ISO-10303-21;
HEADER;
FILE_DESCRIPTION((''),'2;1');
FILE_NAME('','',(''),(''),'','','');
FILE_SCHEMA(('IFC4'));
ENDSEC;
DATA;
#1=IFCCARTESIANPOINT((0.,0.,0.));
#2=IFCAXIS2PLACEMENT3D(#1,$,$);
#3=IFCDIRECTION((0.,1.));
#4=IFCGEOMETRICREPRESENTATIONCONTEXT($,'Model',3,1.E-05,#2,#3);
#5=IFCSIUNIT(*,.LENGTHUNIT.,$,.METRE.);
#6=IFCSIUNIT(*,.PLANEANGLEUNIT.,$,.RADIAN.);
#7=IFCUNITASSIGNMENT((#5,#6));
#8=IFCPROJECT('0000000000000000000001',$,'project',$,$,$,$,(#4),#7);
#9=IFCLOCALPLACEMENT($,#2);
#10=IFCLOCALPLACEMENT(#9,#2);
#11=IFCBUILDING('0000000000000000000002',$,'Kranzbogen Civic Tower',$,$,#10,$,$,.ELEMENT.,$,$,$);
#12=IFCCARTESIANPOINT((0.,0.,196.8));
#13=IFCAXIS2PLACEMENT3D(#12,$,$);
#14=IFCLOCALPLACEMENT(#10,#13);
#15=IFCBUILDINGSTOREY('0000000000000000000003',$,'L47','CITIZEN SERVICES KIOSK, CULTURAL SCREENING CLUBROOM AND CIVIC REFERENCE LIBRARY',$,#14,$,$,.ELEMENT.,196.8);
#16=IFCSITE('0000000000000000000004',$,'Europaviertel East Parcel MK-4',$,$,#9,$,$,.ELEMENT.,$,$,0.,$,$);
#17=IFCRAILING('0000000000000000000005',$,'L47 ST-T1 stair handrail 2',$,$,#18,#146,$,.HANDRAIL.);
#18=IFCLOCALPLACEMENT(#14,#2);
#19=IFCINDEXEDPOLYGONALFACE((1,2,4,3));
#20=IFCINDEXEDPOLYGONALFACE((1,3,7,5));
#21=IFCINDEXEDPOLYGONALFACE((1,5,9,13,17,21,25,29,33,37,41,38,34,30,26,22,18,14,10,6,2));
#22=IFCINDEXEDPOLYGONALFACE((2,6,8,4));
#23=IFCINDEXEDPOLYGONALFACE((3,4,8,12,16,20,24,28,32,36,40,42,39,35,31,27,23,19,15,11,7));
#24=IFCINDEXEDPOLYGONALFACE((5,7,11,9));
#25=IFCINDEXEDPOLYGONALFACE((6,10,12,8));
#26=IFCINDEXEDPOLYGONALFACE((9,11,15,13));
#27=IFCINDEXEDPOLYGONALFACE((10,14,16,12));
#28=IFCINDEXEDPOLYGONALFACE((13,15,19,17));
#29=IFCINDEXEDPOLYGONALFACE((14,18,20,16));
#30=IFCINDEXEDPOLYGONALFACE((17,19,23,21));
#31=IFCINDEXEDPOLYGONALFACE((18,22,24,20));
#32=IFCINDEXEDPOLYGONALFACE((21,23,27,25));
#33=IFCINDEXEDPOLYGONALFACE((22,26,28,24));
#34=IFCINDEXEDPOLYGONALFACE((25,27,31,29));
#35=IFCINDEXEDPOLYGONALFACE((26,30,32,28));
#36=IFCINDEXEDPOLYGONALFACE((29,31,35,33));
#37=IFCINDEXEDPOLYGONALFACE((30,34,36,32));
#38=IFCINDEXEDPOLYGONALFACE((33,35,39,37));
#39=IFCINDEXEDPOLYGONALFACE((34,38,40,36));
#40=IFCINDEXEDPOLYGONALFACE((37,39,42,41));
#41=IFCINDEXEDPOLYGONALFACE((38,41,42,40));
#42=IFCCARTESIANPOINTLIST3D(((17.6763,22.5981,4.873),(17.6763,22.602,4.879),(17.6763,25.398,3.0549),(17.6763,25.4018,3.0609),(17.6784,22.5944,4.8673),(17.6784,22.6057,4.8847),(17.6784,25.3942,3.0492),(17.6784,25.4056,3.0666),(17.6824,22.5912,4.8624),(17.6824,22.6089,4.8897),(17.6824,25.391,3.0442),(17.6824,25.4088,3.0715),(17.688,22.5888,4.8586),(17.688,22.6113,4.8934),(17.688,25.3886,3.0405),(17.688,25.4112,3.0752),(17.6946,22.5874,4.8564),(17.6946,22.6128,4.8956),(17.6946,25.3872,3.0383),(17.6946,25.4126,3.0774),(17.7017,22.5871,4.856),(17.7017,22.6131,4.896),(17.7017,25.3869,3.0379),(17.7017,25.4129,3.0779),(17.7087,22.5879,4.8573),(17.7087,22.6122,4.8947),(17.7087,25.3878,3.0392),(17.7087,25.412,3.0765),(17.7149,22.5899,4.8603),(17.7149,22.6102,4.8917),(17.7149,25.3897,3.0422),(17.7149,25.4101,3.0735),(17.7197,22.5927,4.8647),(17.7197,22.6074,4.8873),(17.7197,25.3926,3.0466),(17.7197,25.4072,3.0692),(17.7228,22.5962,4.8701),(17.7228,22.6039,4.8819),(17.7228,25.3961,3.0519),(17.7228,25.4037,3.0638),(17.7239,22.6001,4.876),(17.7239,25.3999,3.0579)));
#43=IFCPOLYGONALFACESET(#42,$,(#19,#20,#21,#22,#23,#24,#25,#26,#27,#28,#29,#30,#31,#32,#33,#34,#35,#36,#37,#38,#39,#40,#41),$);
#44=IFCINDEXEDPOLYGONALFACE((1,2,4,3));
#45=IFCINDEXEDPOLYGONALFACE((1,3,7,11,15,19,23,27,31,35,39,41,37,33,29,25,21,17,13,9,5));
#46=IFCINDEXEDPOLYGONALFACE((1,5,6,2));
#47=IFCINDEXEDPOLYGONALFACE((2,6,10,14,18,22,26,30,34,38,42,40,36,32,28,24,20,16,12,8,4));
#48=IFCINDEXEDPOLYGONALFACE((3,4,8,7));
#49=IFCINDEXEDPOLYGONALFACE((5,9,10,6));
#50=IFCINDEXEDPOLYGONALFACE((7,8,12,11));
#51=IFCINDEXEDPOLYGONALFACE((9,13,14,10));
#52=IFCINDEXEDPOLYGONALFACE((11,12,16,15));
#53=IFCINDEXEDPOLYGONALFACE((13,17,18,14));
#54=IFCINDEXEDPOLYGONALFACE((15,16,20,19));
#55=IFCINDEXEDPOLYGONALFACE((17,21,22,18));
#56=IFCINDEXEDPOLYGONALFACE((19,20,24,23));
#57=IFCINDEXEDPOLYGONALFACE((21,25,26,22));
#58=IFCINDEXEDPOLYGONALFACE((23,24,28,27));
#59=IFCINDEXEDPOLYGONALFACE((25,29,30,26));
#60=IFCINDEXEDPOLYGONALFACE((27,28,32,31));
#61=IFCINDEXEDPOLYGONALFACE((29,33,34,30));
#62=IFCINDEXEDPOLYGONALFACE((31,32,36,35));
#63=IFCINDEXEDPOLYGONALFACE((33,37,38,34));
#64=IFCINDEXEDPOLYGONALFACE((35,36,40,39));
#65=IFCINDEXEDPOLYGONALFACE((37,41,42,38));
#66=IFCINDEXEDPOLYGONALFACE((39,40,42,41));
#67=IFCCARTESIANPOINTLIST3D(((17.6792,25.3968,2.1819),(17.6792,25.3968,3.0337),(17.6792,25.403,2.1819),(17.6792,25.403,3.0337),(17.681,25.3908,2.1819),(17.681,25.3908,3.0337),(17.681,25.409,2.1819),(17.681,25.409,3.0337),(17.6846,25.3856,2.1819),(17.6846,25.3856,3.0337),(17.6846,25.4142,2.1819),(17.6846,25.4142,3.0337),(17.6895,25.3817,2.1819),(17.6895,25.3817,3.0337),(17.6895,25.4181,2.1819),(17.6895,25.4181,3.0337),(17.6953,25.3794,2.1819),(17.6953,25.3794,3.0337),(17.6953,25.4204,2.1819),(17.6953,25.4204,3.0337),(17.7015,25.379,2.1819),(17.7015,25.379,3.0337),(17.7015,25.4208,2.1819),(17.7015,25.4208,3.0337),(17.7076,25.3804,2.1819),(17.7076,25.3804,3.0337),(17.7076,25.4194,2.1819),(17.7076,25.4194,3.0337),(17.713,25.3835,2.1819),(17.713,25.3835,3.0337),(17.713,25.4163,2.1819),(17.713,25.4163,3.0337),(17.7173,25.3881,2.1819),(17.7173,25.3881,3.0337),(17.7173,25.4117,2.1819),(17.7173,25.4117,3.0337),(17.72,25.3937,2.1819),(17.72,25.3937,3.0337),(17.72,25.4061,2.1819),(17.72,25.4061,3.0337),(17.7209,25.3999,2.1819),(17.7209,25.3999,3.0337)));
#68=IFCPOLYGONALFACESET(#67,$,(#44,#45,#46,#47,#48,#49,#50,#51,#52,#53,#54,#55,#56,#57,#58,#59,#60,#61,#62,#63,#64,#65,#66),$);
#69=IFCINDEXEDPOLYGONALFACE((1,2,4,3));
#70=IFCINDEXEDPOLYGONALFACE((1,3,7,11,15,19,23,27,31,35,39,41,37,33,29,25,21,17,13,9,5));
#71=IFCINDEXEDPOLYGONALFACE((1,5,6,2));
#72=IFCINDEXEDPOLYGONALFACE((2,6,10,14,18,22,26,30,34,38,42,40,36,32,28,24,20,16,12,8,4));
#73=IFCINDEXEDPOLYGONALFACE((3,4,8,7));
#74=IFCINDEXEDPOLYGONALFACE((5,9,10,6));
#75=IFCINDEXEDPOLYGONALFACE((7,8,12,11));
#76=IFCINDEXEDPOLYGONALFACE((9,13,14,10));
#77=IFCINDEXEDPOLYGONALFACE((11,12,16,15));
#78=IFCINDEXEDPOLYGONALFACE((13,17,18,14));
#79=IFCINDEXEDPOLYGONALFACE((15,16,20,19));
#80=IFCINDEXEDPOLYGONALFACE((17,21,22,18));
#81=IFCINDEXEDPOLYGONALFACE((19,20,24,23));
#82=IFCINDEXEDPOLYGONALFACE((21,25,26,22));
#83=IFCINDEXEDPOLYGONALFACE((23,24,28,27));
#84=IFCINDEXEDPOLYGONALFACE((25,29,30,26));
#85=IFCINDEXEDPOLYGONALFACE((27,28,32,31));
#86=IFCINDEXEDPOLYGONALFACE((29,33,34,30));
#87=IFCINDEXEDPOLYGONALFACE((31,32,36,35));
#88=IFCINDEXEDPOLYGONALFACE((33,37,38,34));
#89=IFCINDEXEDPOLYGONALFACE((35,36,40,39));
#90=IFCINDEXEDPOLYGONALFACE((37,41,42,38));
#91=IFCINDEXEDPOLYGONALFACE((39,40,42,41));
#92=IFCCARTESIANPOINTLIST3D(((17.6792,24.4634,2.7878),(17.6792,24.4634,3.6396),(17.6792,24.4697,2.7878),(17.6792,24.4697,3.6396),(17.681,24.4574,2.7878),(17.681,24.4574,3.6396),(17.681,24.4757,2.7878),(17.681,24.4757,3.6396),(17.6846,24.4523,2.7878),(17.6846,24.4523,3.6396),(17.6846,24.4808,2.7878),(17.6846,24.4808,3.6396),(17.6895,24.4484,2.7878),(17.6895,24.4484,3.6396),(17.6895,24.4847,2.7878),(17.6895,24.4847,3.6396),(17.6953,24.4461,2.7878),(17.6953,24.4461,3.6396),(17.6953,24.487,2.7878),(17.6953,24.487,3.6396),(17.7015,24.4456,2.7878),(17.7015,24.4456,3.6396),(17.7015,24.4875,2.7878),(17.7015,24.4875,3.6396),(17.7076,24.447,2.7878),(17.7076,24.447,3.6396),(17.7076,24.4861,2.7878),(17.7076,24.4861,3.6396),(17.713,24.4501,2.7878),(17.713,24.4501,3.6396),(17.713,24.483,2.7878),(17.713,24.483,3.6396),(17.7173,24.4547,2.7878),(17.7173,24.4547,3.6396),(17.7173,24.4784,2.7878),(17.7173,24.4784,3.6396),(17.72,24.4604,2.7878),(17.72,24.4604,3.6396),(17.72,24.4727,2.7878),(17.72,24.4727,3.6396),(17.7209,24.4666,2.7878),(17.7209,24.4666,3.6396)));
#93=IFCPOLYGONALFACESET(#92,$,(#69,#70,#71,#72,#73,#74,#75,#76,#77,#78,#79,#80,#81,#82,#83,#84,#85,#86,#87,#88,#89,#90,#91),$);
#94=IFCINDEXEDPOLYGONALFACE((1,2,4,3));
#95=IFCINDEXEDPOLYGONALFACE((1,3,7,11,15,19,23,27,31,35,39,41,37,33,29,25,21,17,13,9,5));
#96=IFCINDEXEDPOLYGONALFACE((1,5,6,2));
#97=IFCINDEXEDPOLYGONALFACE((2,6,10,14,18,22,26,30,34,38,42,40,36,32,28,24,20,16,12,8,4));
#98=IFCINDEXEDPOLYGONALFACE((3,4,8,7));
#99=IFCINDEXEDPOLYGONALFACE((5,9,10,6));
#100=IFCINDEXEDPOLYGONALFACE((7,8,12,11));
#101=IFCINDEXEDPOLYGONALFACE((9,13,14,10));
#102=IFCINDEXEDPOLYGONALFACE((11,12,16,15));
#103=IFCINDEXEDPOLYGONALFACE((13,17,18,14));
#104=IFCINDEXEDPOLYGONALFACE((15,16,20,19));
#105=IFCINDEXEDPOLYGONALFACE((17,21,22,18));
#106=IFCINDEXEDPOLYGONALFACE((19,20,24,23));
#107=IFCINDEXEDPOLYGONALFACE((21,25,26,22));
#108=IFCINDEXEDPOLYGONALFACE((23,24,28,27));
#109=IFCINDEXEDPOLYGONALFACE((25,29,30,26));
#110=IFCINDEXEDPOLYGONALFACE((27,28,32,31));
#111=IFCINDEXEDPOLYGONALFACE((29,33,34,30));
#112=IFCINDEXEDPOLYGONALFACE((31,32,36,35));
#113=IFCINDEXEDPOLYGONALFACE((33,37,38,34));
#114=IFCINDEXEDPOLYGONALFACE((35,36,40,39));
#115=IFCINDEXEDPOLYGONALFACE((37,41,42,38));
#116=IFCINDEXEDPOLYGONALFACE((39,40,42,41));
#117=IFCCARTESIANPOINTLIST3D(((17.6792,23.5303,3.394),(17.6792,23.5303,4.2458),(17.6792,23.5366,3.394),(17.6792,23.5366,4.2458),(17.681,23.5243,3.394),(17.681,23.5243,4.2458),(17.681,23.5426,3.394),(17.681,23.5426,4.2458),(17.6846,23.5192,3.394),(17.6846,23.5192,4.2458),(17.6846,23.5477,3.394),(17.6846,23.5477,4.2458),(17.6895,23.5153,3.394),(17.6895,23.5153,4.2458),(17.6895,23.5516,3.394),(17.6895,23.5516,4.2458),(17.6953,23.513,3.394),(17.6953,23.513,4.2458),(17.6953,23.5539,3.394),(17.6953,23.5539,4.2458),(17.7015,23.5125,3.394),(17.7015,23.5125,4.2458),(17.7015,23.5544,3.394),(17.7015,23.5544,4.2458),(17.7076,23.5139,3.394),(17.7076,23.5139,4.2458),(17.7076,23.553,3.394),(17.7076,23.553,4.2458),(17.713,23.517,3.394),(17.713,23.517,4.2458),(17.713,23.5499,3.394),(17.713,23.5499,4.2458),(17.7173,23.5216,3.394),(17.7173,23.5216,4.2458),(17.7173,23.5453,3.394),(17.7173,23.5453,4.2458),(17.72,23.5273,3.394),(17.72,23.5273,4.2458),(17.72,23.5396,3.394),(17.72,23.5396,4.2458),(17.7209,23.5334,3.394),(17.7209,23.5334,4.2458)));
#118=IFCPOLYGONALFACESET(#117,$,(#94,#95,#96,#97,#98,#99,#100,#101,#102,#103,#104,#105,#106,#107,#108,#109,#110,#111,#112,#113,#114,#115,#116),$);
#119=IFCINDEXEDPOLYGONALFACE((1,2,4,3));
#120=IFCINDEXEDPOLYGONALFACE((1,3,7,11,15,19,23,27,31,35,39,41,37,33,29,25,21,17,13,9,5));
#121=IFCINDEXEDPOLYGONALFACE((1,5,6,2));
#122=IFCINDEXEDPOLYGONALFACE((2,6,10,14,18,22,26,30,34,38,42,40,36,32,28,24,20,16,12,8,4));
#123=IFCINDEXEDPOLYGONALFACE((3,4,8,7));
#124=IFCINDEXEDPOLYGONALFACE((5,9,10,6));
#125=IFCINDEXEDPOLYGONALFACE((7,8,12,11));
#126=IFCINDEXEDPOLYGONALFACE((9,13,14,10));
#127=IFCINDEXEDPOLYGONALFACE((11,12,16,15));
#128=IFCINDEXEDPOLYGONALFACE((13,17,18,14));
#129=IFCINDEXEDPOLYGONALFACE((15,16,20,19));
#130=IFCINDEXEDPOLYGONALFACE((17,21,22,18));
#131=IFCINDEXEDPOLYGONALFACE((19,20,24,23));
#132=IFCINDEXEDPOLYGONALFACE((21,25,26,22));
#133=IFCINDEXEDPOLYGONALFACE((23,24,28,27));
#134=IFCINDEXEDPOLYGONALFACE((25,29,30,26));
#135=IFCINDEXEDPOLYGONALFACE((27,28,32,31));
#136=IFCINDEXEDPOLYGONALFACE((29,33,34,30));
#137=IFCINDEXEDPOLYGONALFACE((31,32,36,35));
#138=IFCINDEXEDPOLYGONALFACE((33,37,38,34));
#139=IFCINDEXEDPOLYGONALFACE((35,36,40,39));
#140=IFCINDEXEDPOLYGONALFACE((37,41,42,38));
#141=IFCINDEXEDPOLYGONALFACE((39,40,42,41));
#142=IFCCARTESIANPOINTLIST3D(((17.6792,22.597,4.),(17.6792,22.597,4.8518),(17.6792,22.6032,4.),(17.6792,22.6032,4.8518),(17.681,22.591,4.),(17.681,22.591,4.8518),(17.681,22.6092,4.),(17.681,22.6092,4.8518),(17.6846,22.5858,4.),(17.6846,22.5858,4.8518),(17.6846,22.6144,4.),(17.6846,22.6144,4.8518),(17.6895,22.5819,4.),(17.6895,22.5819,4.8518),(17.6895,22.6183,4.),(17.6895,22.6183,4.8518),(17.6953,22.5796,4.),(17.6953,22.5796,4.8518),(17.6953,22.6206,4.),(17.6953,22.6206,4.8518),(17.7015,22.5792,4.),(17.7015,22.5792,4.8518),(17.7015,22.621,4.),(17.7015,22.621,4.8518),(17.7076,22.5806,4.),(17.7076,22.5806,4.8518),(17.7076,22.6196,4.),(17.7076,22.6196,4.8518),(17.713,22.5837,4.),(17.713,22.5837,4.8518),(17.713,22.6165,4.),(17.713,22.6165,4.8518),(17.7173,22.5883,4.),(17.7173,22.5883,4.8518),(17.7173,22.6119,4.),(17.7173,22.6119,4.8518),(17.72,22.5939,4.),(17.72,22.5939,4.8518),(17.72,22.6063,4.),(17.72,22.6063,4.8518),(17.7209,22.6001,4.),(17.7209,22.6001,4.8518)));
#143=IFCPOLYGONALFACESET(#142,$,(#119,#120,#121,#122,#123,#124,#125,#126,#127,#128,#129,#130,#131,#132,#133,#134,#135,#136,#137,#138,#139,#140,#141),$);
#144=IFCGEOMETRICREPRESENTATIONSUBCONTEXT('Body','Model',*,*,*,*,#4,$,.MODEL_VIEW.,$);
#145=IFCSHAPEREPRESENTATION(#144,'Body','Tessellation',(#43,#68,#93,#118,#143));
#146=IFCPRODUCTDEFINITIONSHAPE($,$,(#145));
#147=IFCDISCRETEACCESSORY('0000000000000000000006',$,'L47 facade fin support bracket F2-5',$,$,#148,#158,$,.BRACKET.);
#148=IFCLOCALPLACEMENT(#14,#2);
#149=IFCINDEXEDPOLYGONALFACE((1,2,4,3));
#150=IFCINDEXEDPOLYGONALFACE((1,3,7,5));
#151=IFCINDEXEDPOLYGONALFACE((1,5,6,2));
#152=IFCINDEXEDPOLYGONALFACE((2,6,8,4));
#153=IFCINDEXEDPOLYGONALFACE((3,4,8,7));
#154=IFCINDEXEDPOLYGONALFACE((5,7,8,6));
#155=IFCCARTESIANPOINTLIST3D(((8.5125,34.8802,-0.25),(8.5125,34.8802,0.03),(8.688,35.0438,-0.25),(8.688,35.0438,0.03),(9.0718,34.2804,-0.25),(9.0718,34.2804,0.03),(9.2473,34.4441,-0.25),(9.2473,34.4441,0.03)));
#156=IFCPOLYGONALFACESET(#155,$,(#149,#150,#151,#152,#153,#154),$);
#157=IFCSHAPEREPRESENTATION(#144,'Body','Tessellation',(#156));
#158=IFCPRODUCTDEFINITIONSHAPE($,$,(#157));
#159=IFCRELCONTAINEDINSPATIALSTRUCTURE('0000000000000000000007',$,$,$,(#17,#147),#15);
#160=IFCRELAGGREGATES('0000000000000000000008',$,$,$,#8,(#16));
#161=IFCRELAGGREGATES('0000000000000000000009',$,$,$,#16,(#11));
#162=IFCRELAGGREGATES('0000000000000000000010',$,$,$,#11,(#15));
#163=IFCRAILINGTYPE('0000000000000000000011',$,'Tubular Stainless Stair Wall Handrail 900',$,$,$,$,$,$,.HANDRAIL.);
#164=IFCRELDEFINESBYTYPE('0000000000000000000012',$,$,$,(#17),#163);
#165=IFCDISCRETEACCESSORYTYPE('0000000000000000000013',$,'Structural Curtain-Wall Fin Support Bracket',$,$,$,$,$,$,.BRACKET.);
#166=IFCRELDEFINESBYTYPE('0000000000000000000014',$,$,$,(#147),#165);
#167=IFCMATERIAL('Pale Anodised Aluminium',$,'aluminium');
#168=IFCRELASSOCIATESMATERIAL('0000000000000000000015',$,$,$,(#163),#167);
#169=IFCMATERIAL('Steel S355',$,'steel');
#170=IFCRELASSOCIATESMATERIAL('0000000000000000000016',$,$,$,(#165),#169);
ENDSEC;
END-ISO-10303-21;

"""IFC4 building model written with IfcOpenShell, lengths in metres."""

from ifc_helpers import new_model, si_unit, direction, frame, origin, origin_2d, place, context, subcontext, project, spatial, rectangle, circle, extrude, material, type_object, element, save


model = new_model("IFC4")

# Units and contexts
model_context = context("Model", 3, precision=1e-05, world=origin(), true_north=direction((0.0, 1.0)))
body_context = subcontext(model_context, "Body", "Model", "MODEL_VIEW")
ifc_project = project(units=[si_unit("LENGTHUNIT", "METRE"), si_unit("PLANEANGLEUNIT", "RADIAN")], contexts=[model_context])

# Site, building, storey
site_placement = place(None, origin())
site = spatial("IfcSite", under=ifc_project, at=site_placement, Name="Europaviertel East Parcel MK-4", CompositionType="ELEMENT", RefElevation=0.0)
building_placement = place(site_placement, origin())
building = spatial("IfcBuilding", under=site, at=building_placement, Name="Kranzbogen Civic Tower", CompositionType="ELEMENT")
storey_placement = place(building_placement, frame((0.0, 0.0, 196.8)))
storey = spatial("IfcBuildingStorey", under=building, at=storey_placement, Name="L47", Description="CITIZEN SERVICES KIOSK, CULTURAL SCREENING CLUBROOM AND CIVIC REFERENCE LIBRARY", CompositionType="ELEMENT", Elevation=196.8)

# Shared definitions
ifc_material_1 = material(Name="Steel S355", Category="steel")

# Shared definitions
ifc_material_2 = material(Name="Pale Anodised Aluminium", Category="aluminium")

# Railing
railing_type_1 = type_object("IfcRailingType", Name="Tubular Stainless Stair Wall Handrail 900", PredefinedType="HANDRAIL", material=ifc_material_2)
railing_1_placement = place(storey_placement, frame((17.7, 25.3999, 2.1819)))
element("IfcRailing", 1, at=railing_1_placement, inside=storey, type_object=railing_type_1, Name="L47 ST-T1 stair handrail 2", PredefinedType="HANDRAIL", context=body_context, shape_type="SweptSolid", body=[
    extrude(circle(Radius=0.0239, at=origin_2d()), frame((0.0, 0.0, 0.876), z_axis=(0.0, -0.838684, 0.544618), x_axis=(1.0, 0.0, 0.0)), (0.0, 0.0, 1.0), 3.3384),
    extrude(circle(Radius=0.021, at=origin_2d()), origin(), (0.0, 0.0, 1.0), 0.8518),
    extrude(circle(Radius=0.021, at=origin_2d()), frame((0.0, -0.9333, 0.606)), (0.0, 0.0, 1.0), 0.8518),
    extrude(circle(Radius=0.021, at=origin_2d()), frame((0.0, -1.8665, 1.2122)), (0.0, 0.0, 1.0), 0.8518),
    extrude(circle(Radius=0.021, at=origin_2d()), frame((0.0, -2.7998, 1.8181)), (0.0, 0.0, 1.0), 0.8518),
])

# Discrete accessory
discrete_accessory_type = type_object("IfcDiscreteAccessoryType", Name="Structural Curtain-Wall Fin Support Bracket", PredefinedType="BRACKET", material=ifc_material_1)
discrete_accessory_placement = place(storey_placement, frame((8.8799, 34.6621, -0.25), z_axis=(0.0, 0.0, 1.0), x_axis=(-0.681998, 0.731354, 0.0)))
element("IfcDiscreteAccessory", 2, at=discrete_accessory_placement, inside=storey, type_object=discrete_accessory_type, Name="L47 facade fin support bracket F2-5", PredefinedType="BRACKET", context=body_context, shape_type="SweptSolid", body=[
    extrude(rectangle(XDim=0.8201, YDim=0.24, at=origin_2d()), origin(), (0.0, 0.0, 1.0), 0.28),
])

save(model, "model.ifc")
